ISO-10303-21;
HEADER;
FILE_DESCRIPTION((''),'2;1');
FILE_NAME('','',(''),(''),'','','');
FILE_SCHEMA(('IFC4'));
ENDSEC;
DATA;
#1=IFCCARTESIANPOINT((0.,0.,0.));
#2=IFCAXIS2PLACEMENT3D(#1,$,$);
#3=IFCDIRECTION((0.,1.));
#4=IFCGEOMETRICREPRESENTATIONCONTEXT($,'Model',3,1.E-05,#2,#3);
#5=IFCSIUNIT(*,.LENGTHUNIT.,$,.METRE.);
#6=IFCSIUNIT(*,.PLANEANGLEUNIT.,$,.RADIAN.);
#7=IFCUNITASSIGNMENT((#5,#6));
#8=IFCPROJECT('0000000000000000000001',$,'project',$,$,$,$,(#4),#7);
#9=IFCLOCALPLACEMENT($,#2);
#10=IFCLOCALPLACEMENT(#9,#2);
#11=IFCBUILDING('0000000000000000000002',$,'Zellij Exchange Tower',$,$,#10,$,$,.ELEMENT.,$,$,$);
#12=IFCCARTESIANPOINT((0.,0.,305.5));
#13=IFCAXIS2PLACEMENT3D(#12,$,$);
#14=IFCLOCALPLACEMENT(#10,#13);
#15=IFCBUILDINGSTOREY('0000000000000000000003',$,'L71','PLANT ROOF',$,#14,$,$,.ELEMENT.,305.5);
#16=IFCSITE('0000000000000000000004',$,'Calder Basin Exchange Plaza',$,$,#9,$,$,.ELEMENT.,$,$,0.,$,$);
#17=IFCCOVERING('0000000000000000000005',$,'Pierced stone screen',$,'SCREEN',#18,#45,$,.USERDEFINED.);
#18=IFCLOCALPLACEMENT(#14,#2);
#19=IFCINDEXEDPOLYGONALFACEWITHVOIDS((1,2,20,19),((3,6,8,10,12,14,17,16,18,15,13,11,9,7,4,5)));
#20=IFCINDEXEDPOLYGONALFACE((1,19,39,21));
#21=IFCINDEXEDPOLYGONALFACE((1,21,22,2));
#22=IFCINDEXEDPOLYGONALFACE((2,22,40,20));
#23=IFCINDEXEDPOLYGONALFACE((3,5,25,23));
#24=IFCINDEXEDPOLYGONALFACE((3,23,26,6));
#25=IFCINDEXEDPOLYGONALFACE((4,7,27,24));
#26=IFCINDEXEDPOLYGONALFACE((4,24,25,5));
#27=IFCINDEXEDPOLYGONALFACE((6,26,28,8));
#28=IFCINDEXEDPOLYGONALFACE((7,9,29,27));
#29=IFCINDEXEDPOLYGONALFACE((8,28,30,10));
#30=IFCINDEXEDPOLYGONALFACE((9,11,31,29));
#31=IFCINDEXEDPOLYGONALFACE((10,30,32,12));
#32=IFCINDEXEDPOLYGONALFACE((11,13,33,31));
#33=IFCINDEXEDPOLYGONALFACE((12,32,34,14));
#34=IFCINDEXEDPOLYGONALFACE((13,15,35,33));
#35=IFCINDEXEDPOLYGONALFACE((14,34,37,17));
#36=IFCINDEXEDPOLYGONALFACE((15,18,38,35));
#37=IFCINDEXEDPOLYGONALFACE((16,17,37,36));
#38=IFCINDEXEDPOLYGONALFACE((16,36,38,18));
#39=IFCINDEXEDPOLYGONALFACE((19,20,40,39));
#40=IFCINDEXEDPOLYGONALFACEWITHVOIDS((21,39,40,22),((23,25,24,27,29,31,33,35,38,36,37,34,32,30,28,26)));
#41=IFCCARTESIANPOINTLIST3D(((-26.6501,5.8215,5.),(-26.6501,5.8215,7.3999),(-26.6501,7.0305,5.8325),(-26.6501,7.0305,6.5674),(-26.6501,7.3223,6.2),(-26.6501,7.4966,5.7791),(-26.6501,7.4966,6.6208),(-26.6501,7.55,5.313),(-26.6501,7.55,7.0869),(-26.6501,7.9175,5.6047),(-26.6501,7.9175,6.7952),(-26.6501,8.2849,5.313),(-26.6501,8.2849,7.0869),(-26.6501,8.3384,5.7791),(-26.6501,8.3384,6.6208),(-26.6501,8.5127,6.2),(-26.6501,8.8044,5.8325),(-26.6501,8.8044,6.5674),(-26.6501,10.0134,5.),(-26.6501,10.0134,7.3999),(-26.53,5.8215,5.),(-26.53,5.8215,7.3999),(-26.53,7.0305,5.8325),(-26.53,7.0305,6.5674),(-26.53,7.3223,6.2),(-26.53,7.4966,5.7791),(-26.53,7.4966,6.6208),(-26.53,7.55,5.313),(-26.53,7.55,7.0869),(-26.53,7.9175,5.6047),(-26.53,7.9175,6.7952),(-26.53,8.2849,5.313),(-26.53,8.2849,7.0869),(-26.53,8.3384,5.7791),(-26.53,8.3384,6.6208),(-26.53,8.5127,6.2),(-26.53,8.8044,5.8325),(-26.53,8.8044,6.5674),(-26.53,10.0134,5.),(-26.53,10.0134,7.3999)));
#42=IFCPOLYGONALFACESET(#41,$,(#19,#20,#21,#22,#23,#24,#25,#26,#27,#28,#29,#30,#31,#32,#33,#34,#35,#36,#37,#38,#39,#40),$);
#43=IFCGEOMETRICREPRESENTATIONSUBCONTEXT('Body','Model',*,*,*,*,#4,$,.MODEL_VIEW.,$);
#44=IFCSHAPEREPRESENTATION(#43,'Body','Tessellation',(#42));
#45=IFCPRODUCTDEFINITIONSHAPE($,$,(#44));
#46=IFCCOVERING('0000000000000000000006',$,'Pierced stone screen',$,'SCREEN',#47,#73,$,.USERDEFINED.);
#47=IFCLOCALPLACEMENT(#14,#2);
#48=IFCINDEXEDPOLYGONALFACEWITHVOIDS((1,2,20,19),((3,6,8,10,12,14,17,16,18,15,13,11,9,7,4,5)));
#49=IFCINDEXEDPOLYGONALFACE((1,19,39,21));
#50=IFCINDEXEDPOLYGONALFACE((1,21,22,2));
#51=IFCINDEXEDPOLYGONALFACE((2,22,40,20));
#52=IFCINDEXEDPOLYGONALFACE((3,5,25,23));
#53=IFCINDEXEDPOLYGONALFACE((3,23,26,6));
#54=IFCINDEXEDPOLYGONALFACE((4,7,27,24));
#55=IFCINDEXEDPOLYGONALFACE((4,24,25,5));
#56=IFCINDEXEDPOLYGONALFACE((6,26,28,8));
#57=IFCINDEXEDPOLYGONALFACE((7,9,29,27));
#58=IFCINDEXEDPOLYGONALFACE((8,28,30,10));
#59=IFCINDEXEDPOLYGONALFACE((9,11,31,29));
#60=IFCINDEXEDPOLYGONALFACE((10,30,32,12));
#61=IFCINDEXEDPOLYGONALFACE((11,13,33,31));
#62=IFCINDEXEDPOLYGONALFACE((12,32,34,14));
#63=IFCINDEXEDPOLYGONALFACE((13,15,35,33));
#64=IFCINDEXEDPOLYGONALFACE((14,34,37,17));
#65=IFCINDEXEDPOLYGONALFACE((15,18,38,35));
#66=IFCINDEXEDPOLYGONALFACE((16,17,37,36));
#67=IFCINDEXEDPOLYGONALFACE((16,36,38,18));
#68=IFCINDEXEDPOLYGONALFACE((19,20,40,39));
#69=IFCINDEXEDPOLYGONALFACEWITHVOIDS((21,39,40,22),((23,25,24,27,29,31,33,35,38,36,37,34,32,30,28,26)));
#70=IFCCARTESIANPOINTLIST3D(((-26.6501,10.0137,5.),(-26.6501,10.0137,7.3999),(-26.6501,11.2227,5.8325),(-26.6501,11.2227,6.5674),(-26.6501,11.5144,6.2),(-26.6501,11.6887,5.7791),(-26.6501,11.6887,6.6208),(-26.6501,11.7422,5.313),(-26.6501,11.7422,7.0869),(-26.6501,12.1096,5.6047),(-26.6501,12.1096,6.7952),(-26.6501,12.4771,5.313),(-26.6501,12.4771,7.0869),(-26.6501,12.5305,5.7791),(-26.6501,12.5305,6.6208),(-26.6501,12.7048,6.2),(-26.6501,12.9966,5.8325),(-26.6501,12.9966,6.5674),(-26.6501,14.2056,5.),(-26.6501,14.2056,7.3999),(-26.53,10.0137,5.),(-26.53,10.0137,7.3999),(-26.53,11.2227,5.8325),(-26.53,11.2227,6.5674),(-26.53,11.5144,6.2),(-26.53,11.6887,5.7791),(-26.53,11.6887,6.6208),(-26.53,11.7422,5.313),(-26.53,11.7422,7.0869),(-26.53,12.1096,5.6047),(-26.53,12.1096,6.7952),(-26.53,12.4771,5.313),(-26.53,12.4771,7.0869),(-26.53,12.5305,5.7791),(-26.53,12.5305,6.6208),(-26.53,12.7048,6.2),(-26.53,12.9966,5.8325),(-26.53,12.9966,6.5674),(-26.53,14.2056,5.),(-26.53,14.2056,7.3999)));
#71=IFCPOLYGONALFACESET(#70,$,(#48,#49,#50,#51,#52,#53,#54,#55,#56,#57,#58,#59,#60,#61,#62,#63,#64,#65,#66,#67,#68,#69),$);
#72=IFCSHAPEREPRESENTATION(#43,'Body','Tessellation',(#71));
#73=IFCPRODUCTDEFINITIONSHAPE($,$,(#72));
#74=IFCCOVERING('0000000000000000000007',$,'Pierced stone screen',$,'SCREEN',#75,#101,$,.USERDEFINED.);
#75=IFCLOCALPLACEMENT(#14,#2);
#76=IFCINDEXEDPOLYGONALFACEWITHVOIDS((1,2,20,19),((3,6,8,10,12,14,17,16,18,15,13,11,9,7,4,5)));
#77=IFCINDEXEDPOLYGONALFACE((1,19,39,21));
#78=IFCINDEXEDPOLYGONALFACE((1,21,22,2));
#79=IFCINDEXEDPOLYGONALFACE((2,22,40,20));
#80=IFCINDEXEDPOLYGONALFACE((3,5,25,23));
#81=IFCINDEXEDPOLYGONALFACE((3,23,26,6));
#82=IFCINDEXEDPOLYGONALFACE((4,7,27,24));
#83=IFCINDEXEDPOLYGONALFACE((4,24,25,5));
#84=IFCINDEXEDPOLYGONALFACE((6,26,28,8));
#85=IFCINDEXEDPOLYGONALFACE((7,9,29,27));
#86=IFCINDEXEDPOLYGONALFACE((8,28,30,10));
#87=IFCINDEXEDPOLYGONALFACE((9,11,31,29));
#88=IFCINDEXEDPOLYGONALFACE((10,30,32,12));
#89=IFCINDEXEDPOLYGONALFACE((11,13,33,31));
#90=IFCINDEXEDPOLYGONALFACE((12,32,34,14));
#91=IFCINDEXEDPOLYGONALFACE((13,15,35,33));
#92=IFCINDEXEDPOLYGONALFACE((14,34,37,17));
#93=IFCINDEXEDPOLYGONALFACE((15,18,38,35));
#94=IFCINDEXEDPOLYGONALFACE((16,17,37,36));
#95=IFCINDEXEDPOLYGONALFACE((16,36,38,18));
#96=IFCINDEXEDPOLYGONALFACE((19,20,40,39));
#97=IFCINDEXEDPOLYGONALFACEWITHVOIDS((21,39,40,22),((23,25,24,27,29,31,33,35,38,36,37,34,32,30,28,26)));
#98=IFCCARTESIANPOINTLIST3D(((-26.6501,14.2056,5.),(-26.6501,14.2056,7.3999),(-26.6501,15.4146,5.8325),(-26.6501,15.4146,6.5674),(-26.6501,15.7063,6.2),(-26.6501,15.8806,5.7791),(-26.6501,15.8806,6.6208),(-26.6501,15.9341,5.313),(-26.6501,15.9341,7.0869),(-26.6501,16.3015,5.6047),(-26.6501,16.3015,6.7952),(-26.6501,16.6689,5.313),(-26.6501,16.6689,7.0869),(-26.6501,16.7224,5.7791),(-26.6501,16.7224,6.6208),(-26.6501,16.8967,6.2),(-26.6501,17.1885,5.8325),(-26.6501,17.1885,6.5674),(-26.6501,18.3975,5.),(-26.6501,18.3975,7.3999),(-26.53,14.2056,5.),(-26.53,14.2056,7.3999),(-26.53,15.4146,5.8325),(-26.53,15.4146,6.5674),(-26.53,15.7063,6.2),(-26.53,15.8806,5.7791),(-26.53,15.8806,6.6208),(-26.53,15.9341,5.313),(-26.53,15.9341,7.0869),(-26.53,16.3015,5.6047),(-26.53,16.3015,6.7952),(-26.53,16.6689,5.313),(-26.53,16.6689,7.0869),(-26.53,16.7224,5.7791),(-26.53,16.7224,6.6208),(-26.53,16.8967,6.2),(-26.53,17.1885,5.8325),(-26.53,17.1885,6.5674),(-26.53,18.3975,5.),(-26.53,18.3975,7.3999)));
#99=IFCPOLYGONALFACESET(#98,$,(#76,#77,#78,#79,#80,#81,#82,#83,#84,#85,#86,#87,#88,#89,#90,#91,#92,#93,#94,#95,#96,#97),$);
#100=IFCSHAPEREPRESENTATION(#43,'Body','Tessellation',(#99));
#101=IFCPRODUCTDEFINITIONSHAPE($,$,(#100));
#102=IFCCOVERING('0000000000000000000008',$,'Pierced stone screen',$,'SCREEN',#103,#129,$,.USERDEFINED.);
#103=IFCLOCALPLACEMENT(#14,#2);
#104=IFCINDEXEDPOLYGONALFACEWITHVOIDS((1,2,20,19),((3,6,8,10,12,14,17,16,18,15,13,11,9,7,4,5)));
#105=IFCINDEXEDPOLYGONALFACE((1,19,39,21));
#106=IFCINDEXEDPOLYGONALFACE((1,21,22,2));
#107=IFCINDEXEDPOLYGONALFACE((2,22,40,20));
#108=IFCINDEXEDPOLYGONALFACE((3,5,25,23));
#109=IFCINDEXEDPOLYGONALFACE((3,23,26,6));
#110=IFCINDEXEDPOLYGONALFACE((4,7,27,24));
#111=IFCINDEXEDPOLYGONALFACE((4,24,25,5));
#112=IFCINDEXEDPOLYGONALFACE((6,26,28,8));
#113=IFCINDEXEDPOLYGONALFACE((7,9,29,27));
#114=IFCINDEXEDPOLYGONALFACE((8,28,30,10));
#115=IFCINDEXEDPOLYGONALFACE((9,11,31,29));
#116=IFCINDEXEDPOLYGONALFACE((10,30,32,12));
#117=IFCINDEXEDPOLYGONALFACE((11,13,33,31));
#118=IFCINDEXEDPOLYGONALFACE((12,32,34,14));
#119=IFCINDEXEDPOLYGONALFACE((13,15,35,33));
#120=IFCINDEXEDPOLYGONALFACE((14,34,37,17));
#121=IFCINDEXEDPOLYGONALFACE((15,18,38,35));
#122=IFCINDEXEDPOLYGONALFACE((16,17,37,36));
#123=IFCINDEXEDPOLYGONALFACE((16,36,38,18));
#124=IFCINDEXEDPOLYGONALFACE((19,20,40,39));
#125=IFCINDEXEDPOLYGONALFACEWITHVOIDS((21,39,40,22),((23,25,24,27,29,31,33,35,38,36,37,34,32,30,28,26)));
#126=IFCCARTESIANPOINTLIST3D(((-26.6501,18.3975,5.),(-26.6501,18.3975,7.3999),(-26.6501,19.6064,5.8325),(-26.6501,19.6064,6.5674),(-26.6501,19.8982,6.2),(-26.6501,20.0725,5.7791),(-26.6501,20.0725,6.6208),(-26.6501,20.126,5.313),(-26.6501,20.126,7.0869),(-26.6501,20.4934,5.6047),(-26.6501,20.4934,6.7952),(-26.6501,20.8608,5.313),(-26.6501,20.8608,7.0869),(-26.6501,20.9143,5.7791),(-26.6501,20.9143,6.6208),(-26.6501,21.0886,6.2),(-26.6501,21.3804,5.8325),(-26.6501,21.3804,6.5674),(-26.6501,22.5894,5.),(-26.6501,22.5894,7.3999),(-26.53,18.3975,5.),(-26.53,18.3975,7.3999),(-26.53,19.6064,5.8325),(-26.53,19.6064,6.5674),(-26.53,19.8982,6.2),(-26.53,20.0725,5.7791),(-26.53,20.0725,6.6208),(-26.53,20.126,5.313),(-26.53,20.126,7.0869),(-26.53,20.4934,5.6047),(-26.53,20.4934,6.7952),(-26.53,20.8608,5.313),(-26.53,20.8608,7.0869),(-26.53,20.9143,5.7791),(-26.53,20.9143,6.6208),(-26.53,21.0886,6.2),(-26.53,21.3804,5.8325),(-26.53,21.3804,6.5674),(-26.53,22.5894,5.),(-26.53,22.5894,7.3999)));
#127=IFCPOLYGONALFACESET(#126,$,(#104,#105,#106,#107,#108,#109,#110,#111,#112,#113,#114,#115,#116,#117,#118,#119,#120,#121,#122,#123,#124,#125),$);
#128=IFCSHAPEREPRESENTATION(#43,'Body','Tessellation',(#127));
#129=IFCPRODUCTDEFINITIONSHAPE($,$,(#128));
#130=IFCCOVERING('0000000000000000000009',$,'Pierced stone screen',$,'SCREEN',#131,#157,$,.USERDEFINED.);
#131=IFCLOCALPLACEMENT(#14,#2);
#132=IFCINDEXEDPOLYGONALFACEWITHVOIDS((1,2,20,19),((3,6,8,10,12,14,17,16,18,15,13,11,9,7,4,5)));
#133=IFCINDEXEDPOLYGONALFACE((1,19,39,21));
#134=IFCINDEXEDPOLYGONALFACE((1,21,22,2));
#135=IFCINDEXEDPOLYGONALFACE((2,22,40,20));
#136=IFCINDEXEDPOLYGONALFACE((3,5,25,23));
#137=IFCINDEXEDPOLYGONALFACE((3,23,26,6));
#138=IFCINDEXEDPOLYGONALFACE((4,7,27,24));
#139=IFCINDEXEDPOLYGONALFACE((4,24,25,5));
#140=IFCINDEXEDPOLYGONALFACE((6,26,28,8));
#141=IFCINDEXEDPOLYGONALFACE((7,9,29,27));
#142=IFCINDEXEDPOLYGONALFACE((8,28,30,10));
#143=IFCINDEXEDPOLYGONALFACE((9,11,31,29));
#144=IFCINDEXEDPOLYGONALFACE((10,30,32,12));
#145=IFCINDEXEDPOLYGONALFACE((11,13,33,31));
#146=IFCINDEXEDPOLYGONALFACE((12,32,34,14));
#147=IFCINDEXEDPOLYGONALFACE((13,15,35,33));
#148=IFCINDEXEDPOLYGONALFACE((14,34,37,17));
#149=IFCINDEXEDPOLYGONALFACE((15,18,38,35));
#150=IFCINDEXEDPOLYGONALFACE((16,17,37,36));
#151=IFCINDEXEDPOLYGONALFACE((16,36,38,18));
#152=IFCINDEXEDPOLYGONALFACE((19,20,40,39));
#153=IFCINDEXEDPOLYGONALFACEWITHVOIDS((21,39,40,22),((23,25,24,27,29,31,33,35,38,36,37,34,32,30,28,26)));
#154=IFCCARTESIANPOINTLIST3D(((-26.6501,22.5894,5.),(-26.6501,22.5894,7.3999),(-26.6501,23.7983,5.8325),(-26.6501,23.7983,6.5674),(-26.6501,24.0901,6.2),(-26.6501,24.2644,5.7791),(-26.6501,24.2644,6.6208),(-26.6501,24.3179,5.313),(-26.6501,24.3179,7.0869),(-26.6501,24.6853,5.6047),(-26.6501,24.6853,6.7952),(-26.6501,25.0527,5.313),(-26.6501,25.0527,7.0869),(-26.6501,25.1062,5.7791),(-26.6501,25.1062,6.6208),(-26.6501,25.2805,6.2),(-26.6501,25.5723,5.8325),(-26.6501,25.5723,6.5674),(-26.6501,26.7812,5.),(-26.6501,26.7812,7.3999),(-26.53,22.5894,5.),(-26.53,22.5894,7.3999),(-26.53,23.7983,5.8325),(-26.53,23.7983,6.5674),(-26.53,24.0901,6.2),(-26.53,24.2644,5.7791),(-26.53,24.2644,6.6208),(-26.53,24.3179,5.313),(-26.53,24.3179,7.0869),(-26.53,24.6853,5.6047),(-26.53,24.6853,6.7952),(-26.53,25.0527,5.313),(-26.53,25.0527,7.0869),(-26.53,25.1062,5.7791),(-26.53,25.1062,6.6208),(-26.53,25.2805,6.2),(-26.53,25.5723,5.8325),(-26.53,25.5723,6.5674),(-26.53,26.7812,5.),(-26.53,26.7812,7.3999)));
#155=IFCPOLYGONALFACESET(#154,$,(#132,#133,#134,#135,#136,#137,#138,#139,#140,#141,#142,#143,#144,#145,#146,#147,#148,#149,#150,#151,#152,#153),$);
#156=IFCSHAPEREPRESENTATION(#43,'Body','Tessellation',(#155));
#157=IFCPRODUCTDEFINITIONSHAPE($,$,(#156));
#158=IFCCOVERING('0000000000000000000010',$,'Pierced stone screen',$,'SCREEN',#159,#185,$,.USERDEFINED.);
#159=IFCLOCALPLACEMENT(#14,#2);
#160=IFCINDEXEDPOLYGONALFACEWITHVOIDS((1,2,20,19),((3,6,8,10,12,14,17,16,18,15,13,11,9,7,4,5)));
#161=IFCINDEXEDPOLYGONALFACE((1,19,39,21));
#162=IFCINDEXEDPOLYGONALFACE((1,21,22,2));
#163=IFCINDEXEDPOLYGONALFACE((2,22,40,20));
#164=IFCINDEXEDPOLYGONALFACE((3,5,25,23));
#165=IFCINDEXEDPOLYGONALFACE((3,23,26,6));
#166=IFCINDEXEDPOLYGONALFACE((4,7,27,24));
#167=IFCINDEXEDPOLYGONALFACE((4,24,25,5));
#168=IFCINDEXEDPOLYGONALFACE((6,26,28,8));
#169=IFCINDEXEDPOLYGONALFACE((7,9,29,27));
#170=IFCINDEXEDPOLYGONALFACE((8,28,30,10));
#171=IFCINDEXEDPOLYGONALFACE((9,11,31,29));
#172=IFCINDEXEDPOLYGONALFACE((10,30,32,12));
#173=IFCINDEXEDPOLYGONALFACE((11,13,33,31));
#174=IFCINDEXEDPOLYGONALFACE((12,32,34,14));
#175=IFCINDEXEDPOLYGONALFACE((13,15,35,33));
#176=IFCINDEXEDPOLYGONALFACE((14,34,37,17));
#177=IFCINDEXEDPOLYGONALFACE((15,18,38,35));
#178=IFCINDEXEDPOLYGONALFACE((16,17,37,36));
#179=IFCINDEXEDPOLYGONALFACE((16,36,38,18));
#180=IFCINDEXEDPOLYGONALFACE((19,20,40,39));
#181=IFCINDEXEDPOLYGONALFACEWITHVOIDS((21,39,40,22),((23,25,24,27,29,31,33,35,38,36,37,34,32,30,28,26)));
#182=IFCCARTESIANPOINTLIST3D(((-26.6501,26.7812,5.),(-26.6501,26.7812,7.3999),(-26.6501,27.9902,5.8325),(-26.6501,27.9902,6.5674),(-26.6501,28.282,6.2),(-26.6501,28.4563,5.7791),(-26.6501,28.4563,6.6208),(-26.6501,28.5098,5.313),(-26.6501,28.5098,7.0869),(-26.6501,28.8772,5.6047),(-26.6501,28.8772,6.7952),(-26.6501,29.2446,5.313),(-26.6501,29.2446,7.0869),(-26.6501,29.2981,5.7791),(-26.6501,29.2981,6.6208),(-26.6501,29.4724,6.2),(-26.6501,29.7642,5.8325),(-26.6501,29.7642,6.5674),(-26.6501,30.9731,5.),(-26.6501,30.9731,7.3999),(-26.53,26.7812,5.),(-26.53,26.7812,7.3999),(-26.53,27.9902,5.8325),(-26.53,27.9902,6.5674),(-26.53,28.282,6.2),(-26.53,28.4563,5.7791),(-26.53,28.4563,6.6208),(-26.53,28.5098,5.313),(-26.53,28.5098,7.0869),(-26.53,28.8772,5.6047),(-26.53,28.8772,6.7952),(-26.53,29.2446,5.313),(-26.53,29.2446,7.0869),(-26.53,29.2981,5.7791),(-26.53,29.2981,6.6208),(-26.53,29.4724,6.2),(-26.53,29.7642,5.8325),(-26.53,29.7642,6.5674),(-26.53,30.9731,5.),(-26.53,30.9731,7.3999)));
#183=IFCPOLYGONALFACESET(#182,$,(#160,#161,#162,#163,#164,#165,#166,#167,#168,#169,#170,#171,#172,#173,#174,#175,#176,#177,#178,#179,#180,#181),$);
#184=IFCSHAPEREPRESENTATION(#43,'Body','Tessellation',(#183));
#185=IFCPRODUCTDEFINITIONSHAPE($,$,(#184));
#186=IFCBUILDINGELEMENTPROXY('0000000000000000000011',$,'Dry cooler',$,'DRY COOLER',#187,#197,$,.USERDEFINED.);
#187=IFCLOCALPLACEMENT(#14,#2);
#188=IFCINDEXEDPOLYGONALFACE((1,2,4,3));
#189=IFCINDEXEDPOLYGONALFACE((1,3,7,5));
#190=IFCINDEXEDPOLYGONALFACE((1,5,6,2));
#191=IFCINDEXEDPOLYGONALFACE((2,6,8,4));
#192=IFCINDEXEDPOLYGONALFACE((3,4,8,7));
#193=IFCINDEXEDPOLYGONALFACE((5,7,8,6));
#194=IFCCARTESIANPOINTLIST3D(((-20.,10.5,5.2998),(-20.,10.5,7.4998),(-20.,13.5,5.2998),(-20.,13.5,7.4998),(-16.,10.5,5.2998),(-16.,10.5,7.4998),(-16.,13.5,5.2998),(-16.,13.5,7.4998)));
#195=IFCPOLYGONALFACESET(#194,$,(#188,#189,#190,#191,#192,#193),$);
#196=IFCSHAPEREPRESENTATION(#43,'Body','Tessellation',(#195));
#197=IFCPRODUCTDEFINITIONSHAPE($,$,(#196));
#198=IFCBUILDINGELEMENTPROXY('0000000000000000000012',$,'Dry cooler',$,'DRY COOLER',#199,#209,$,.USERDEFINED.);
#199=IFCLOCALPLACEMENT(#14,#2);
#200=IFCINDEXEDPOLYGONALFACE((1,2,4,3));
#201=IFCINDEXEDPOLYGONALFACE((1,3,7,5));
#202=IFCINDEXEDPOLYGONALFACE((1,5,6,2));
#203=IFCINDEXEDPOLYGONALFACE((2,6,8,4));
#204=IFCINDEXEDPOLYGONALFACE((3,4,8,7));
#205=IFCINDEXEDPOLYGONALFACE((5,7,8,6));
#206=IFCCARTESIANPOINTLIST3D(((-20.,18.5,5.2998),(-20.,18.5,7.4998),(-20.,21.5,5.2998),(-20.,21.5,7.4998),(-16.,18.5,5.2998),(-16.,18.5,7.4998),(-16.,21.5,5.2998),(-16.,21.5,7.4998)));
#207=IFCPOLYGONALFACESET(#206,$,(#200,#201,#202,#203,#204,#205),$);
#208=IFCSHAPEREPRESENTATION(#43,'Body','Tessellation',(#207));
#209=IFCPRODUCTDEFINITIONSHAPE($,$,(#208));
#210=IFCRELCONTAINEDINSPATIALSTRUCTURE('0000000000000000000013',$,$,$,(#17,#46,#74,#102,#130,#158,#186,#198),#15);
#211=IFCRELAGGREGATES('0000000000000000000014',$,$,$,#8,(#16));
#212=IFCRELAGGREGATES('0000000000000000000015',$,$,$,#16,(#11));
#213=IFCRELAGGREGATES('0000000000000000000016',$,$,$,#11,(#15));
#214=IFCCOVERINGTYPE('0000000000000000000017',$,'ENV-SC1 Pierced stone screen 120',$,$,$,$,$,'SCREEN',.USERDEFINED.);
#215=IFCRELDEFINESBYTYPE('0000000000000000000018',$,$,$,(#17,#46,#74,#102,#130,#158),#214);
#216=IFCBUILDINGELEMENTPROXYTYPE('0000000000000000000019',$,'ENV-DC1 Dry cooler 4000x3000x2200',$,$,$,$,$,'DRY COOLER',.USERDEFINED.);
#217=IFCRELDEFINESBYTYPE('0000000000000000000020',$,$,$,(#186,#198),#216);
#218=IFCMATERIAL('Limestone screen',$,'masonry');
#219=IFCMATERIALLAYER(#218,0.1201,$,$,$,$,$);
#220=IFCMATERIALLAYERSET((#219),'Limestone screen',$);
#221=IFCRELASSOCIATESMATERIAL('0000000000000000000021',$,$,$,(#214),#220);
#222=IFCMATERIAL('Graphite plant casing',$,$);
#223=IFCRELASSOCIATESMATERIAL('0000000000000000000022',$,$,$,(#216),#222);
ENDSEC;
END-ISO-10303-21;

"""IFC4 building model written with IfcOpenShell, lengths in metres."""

from ifc_helpers import new_model, si_unit, direction, frame, origin, origin_2d, place, context, subcontext, project, spatial, polyline, rectangle, outline, extrude, material, layer, layer_set, type_object, element, save


model = new_model("IFC4")

# Units and contexts
model_context = context("Model", 3, precision=1e-05, world=origin(), true_north=direction((0.0, 1.0)))
body_context = subcontext(model_context, "Body", "Model", "MODEL_VIEW")
ifc_project = project(units=[si_unit("LENGTHUNIT", "METRE"), si_unit("PLANEANGLEUNIT", "RADIAN")], contexts=[model_context])

# Site, building, storey
site_placement = place(None, origin())
site = spatial("IfcSite", under=ifc_project, at=site_placement, Name="Calder Basin Exchange Plaza", CompositionType="ELEMENT", RefElevation=0.0)
building_placement = place(site_placement, origin())
building = spatial("IfcBuilding", under=site, at=building_placement, Name="Zellij Exchange Tower", CompositionType="ELEMENT")
storey_placement = place(building_placement, frame((0.0, 0.0, 305.5)))
storey = spatial("IfcBuildingStorey", under=building, at=storey_placement, Name="L71", Description="PLANT ROOF", CompositionType="ELEMENT", Elevation=305.5)

# Coverings
ifc_material_1 = material(Name="Limestone screen", Category="masonry")
ifc_layer_1 = layer(ifc_material_1, 0.1201)
ifc_layer_set_1 = layer_set([ifc_layer_1], Name="Limestone screen")
covering_type = type_object("IfcCoveringType", Name="ENV-SC1 Pierced stone screen 120", ElementType="SCREEN", PredefinedType="USERDEFINED", material=ifc_layer_set_1)
for number, where, z_axis, x_axis, name in (
    (1, (-26.5901, 5.8215, 5.0), (0.0, 0.0, 1.0), (0.0, 1.0, 0.0), "Pierced stone screen"),
    (2, (-26.5901, 10.0137, 5.0), (0.0, 0.0, 1.0), (0.0, 1.0, 0.0), "Pierced stone screen"),
    (3, (-26.5901, 14.2056, 5.0), (0.0, 0.0, 1.0), (0.0, 1.0, 0.0), "Pierced stone screen"),
    (4, (-26.5901, 18.3975, 5.0), (0.0, 0.0, 1.0), (0.0, 1.0, 0.0), "Pierced stone screen"),
    (5, (-26.5901, 22.5894, 5.0), (0.0, 0.0, 1.0), (0.0, 1.0, 0.0), "Pierced stone screen"),
    (6, (-26.5901, 26.7812, 5.0), (0.0, 0.0, 1.0), (0.0, 1.0, 0.0), "Pierced stone screen"),
):
    element("IfcCovering", number, at=place(storey_placement, frame(where, z_axis=z_axis, x_axis=x_axis)), inside=storey, type_object=covering_type, Name=name, ObjectType="SCREEN", PredefinedType="USERDEFINED", context=body_context, shape_type="SweptSolid", body=[
        extrude(outline(polyline([(0.0, 0.0), (4.1919, 0.0), (4.1919, 2.3999), (0.0, 2.3999), (0.0, 0.0)]), holes=[polyline([(2.9829, 1.5674), (2.5168, 1.6208), (2.4634, 2.0869), (2.0959, 1.7952), (1.7285, 2.0869), (1.675, 1.6208), (1.209, 1.5674), (1.5007, 1.2), (1.209, 0.8325), (1.675, 0.7791), (1.7285, 0.313), (2.0959, 0.6047), (2.4634, 0.313), (2.5168, 0.7791), (2.9829, 0.8325), (2.6912, 1.2), (2.9829, 1.5674)])]), frame((0.0, 0.0601, 0.0), z_axis=(0.0, -1.0, 0.0), x_axis=(1.0, 0.0, 0.0)), (0.0, 0.0, 1.0), 0.1201),
    ])

# Building element proxies
ifc_material_2 = material(Name="Graphite plant casing")
building_element_proxy_type_1 = type_object("IfcBuildingElementProxyType", Name="ENV-DC1 Dry cooler 4000x3000x2200", ElementType="DRY COOLER", PredefinedType="USERDEFINED", material=ifc_material_2)
for number, where, z_axis, x_axis, name in (
    (7, (-18.0, 12.0, 5.2998), (0.0, 0.0, 1.0), (1.0, 0.0, 0.0), "Dry cooler"),
    (8, (-18.0, 20.0, 5.2998), (0.0, 0.0, 1.0), (1.0, 0.0, 0.0), "Dry cooler"),
):
    element("IfcBuildingElementProxy", number, at=place(storey_placement, frame(where, z_axis=z_axis, x_axis=x_axis)), inside=storey, type_object=building_element_proxy_type_1, Name=name, ObjectType="DRY COOLER", PredefinedType="USERDEFINED", context=body_context, shape_type="SweptSolid", body=[
        extrude(rectangle(XDim=4.0, YDim=3.0, at=origin_2d()), origin(), (0.0, 0.0, 1.0), 2.2),
    ])

save(model, "model.ifc")
